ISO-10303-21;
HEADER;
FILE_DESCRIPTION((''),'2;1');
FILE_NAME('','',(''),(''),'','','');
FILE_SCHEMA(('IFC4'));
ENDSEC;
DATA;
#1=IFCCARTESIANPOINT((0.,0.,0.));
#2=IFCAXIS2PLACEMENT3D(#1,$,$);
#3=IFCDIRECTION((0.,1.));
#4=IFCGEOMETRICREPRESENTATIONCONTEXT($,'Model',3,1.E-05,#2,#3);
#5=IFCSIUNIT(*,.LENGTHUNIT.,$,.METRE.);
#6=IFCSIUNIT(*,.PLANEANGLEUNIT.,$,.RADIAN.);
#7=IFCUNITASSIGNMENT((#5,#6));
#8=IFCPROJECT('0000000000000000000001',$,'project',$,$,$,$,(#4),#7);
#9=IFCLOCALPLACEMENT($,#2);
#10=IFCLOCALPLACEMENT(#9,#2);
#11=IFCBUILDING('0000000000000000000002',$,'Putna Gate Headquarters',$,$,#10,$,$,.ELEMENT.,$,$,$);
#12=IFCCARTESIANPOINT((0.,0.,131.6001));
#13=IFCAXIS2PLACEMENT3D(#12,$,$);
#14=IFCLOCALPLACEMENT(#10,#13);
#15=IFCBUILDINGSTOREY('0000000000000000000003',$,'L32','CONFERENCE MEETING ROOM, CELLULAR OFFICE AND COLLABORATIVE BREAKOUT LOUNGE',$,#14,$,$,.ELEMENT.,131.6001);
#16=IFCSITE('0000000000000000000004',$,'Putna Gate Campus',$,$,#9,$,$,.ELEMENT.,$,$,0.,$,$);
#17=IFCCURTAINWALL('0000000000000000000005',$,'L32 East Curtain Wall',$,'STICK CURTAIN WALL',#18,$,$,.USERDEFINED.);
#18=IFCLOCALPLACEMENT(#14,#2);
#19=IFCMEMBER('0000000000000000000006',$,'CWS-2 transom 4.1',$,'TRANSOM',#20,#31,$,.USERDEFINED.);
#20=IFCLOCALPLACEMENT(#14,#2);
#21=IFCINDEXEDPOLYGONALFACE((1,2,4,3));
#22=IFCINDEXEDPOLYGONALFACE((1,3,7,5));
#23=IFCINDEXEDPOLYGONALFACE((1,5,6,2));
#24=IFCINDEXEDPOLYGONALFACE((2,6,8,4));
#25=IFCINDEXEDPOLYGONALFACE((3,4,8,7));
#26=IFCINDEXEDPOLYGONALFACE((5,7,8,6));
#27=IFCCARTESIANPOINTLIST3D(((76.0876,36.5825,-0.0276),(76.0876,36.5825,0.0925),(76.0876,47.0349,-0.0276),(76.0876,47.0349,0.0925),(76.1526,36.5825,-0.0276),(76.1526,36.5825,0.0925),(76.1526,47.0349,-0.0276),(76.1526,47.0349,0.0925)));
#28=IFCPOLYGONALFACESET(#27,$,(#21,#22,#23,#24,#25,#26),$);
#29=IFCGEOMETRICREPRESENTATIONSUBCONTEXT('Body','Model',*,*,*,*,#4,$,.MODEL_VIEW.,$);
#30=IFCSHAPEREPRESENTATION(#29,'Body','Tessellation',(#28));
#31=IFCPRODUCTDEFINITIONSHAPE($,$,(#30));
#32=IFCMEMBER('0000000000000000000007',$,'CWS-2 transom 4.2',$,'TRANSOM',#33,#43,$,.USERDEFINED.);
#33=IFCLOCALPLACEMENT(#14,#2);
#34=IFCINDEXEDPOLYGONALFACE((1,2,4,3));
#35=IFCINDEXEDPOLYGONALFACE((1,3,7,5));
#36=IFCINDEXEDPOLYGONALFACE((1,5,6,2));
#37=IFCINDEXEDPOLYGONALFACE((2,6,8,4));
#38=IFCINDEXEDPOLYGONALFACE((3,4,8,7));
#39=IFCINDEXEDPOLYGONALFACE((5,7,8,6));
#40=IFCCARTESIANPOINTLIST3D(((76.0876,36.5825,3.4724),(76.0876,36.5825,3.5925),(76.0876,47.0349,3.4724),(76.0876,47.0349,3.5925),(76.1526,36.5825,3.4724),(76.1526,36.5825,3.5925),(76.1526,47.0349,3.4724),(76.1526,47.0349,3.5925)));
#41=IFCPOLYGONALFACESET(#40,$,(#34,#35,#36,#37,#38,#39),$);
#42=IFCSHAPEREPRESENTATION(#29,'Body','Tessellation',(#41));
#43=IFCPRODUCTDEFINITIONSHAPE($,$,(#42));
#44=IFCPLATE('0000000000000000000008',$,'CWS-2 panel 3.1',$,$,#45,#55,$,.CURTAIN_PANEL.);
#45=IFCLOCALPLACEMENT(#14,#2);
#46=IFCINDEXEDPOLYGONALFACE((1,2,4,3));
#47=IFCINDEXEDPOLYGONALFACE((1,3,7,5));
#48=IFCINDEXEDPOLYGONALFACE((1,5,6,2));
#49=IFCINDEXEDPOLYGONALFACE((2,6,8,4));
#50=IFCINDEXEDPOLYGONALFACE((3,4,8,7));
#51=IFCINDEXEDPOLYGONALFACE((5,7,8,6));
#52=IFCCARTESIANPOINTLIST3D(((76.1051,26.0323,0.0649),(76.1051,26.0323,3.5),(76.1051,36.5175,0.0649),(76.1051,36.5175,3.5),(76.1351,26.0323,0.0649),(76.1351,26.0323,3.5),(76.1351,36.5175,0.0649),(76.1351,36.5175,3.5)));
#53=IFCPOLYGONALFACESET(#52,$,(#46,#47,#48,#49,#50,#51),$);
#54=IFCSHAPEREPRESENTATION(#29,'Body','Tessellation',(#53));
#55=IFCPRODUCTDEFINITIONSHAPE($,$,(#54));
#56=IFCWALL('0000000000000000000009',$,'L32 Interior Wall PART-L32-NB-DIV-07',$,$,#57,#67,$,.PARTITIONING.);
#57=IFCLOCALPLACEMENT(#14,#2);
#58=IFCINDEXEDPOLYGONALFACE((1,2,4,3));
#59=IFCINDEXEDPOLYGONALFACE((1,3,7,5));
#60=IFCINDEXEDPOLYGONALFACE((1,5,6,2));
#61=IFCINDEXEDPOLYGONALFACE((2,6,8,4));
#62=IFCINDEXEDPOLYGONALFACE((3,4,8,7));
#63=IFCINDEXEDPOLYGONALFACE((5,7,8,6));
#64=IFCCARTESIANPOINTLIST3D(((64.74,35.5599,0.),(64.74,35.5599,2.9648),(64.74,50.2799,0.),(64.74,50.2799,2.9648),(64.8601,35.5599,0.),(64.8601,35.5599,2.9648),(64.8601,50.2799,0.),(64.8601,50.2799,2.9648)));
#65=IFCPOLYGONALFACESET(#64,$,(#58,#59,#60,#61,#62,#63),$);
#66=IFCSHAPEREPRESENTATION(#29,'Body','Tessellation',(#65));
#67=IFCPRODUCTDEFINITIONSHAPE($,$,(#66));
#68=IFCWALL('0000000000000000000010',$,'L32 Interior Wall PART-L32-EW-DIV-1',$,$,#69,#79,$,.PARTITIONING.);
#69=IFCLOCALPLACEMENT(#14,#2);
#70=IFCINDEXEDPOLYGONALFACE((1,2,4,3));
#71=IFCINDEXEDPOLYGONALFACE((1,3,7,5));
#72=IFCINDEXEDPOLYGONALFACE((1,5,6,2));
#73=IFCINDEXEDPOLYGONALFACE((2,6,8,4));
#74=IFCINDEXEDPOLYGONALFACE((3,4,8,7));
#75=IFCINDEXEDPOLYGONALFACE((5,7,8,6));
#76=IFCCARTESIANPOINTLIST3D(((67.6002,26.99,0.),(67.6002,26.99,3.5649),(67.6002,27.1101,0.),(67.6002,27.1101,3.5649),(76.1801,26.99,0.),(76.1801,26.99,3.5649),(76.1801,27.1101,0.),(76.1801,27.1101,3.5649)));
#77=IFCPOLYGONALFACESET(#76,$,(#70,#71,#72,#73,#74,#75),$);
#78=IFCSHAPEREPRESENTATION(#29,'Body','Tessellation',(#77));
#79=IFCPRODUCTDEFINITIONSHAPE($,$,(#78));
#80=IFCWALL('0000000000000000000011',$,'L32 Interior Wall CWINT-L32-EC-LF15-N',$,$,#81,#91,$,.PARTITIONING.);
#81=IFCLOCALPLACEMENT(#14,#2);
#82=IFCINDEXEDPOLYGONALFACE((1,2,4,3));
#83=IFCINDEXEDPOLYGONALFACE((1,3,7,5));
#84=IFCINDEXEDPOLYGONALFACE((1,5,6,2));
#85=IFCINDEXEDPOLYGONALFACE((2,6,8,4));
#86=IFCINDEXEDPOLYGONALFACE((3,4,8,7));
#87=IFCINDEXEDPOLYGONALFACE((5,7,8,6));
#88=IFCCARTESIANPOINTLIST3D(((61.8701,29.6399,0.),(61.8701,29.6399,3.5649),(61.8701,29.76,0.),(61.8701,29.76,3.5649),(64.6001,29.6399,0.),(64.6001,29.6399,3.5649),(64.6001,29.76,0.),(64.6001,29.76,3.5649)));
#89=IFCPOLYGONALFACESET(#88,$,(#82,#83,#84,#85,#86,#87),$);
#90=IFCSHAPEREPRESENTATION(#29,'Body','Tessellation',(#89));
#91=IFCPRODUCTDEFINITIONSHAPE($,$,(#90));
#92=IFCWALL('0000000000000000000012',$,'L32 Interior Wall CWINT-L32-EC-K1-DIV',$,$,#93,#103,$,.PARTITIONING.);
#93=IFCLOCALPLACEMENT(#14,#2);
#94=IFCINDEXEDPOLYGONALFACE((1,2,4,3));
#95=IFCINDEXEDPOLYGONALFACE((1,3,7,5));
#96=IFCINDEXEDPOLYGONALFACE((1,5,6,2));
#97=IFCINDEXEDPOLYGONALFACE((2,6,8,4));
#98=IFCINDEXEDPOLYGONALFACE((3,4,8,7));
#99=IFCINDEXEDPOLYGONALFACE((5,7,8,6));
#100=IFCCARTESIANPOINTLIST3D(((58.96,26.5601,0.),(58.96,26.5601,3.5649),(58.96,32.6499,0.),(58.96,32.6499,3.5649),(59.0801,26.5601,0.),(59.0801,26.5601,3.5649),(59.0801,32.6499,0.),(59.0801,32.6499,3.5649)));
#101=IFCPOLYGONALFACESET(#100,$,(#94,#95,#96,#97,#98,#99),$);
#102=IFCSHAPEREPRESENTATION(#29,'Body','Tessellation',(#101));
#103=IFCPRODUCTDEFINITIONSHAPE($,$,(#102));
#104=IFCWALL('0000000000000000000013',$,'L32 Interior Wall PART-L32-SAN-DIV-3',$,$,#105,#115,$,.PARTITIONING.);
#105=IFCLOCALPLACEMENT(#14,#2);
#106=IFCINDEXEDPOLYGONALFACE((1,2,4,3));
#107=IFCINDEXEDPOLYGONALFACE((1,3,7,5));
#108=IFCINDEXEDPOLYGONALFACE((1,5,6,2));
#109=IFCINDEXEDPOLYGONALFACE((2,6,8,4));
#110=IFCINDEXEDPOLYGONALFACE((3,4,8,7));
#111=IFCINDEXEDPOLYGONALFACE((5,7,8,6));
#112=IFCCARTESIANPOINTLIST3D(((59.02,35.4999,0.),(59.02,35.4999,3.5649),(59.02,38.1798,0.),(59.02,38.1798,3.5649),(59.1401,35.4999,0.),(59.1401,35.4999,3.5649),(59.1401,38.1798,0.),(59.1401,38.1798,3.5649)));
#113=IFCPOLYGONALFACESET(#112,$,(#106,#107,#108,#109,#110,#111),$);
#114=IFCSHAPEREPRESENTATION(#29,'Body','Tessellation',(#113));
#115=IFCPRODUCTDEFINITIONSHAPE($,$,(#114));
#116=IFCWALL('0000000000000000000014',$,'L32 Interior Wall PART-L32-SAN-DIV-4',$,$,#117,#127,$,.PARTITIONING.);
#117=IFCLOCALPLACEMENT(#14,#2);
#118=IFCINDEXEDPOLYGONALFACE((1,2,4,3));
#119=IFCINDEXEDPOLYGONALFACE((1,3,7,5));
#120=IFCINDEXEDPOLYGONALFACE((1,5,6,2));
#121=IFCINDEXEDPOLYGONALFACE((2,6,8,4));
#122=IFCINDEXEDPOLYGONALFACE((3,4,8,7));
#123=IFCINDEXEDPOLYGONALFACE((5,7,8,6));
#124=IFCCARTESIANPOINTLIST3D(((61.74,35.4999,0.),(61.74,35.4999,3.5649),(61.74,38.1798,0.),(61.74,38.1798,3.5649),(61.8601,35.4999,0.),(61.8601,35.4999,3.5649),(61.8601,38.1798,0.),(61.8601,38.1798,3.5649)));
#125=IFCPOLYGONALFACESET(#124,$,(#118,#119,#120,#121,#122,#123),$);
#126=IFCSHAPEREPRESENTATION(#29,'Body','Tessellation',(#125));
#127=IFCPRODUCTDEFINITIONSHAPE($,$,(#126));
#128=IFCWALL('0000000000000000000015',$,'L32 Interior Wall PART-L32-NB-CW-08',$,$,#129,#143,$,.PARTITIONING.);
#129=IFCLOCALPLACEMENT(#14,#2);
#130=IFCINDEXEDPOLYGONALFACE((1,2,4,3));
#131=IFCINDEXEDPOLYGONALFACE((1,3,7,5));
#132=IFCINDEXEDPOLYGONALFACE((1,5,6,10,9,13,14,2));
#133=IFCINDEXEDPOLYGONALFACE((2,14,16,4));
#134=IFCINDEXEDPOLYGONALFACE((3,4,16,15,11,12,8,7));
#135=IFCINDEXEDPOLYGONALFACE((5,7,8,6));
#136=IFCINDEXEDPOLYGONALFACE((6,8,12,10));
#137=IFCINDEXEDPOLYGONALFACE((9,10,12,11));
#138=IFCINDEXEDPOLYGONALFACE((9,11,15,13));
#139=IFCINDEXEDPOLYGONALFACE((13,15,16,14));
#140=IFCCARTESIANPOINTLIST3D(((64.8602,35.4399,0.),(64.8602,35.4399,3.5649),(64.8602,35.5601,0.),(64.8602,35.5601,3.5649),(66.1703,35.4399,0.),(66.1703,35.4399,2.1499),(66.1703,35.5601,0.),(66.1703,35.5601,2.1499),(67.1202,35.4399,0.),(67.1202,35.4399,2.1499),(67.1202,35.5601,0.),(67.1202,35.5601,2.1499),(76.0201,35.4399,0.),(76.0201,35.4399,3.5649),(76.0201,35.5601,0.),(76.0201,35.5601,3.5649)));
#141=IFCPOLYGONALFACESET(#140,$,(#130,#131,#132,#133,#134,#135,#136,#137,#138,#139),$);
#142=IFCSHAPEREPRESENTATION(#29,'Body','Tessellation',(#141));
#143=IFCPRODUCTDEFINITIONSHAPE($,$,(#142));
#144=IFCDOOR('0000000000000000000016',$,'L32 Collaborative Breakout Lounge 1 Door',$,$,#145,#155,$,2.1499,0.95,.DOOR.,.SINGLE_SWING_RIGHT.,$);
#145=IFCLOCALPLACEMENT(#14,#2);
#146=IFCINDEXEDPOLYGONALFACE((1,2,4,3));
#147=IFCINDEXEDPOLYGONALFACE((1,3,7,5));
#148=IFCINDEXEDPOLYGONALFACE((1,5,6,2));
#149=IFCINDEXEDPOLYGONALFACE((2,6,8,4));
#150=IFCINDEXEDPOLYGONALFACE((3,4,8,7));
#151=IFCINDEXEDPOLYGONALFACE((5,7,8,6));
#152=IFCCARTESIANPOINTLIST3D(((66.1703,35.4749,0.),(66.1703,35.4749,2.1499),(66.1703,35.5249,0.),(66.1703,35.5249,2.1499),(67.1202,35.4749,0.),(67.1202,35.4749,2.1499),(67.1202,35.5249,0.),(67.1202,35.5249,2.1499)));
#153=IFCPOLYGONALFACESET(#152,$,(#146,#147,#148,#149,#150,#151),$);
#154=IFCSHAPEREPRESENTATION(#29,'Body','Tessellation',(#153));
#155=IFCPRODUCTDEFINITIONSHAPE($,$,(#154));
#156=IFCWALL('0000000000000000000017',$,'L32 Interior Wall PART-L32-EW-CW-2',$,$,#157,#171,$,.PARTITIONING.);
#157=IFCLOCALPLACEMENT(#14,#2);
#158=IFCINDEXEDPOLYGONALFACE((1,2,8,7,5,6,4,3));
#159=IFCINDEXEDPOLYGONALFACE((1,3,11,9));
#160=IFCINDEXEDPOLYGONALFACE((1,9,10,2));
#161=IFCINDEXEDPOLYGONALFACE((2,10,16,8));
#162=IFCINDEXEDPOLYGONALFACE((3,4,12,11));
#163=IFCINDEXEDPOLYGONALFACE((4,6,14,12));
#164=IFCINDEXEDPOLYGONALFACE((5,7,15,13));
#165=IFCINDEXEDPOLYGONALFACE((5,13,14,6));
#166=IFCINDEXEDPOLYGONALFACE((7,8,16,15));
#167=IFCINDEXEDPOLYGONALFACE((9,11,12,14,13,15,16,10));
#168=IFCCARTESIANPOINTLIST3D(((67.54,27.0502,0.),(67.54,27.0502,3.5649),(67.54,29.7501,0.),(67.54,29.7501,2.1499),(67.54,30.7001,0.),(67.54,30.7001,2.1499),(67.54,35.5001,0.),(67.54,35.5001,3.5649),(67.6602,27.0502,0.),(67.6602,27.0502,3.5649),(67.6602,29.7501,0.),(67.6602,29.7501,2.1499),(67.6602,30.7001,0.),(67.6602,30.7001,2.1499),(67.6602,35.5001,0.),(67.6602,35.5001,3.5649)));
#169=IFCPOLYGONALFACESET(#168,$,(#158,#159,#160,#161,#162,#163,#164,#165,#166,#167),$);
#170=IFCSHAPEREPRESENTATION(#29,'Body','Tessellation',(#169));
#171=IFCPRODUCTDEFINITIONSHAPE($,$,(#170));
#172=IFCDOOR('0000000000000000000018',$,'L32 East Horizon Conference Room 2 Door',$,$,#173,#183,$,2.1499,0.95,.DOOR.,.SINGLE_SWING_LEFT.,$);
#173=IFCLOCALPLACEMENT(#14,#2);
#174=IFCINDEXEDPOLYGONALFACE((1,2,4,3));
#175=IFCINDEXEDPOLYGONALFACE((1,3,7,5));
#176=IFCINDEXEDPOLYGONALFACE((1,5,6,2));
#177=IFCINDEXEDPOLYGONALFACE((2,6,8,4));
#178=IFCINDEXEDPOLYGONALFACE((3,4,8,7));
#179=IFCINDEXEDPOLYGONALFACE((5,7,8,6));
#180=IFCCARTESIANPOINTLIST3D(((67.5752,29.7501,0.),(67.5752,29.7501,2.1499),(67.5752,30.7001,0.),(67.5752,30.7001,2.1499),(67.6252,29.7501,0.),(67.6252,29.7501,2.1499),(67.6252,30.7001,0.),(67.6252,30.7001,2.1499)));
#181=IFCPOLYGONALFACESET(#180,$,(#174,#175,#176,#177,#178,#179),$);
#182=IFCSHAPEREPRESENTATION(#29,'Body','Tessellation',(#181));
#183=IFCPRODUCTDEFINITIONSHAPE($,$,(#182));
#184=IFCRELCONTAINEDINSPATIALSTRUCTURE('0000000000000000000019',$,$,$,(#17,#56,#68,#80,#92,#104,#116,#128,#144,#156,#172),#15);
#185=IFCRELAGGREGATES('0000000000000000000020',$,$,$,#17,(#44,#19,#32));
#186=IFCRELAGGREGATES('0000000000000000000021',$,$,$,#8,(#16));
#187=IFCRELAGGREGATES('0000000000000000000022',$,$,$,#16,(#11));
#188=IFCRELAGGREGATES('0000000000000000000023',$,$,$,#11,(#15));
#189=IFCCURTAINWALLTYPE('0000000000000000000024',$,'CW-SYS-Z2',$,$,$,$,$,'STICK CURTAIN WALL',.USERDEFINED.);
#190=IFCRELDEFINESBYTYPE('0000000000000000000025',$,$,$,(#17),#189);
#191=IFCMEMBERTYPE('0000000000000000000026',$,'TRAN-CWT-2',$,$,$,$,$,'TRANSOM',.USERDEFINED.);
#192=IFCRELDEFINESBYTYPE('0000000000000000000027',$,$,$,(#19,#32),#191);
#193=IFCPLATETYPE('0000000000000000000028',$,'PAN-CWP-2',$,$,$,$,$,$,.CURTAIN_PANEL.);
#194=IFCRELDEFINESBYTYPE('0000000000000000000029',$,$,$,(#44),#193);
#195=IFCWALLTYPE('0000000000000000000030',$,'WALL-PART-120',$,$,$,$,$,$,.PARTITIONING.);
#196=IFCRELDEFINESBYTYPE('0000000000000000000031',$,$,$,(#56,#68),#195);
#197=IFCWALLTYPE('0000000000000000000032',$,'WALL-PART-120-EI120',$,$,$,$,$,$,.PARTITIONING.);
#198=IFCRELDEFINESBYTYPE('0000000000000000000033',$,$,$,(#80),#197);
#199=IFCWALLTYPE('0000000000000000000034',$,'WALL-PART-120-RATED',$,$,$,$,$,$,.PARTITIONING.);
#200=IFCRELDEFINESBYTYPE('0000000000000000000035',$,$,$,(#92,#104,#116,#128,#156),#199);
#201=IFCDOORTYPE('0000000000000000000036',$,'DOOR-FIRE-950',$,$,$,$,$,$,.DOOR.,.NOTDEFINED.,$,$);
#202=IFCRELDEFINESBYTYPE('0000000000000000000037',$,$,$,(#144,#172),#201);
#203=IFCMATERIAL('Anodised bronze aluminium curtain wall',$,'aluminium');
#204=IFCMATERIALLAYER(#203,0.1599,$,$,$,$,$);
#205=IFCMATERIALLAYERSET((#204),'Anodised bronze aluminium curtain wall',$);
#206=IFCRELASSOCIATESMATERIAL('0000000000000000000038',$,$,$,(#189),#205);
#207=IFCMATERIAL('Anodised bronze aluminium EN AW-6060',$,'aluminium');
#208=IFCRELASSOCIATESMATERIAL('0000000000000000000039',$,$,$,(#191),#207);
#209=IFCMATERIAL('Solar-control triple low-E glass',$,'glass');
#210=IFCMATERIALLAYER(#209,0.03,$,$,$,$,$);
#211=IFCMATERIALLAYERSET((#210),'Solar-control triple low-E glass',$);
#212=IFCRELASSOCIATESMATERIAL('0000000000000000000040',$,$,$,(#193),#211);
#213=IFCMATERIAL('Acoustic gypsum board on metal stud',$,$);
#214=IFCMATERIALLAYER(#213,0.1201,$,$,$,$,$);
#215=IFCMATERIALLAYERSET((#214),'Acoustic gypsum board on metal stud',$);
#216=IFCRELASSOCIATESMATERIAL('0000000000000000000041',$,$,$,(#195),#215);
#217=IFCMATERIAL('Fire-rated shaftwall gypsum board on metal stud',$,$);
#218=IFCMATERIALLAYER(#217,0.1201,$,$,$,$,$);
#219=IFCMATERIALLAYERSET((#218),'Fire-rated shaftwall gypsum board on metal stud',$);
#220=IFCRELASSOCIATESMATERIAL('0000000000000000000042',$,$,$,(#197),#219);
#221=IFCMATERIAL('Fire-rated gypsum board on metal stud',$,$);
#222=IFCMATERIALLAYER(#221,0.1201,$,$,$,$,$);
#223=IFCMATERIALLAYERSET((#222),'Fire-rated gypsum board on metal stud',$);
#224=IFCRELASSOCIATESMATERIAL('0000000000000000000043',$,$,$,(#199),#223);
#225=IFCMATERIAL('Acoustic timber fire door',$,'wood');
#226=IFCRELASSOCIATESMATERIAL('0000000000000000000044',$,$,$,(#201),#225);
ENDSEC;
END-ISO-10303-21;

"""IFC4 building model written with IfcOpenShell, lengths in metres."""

from ifc_helpers import new_model, si_unit, direction, frame, frame_2d, origin, origin_2d, place, context, subcontext, project, spatial, rectangle, extrude, material, layer, layer_set, material_profile, profile_set, type_object, element, fill, aggregate, save


model = new_model("IFC4")

# Units and contexts
model_context = context("Model", 3, precision=1e-05, world=origin(), true_north=direction((0.0, 1.0)))
body_context = subcontext(model_context, "Body", "Model", "MODEL_VIEW")
ifc_project = project(units=[si_unit("LENGTHUNIT", "METRE"), si_unit("PLANEANGLEUNIT", "RADIAN")], contexts=[model_context])

# Site, building, storey
site_placement = place(None, origin())
site = spatial("IfcSite", under=ifc_project, at=site_placement, Name="Putna Gate Campus", CompositionType="ELEMENT", RefElevation=0.0)
building_placement = place(site_placement, origin())
building = spatial("IfcBuilding", under=site, at=building_placement, Name="Putna Gate Headquarters", CompositionType="ELEMENT")
storey_placement = place(building_placement, frame((0.0, 0.0, 131.6001)))
storey = spatial("IfcBuildingStorey", under=building, at=storey_placement, Name="L32", Description="CONFERENCE MEETING ROOM, CELLULAR OFFICE AND COLLABORATIVE BREAKOUT LOUNGE", CompositionType="ELEMENT", Elevation=131.6001)

# Curtain wall, members, plate
ifc_material_1 = material(Name="Anodised bronze aluminium curtain wall", Category="aluminium")
ifc_layer_1 = layer(ifc_material_1, 0.1599)
ifc_layer_set_1 = layer_set([ifc_layer_1], Name="Anodised bronze aluminium curtain wall")
curtain_wall_type = type_object("IfcCurtainWallType", Name="CW-SYS-Z2", ElementType="STICK CURTAIN WALL", PredefinedType="USERDEFINED", material=ifc_layer_set_1)
curtain_wall_placement = place(storey_placement, origin())
curtain_wall = element("IfcCurtainWall", 1, at=curtain_wall_placement, inside=storey, type_object=curtain_wall_type, Name="L32 East Curtain Wall", ObjectType="STICK CURTAIN WALL", PredefinedType="USERDEFINED")
ifc_material_2 = material(Name="Anodised bronze aluminium EN AW-6060", Category="aluminium")
ifc_material_profile_1 = material_profile(ifc_material_2, rectangle(XDim=0.0649, YDim=0.1201, at=origin_2d()), Name="Anodised bronze aluminium EN AW-6060")
ifc_profile_set_1 = profile_set([ifc_material_profile_1], Name="Anodised bronze aluminium EN AW-6060")
member_type_1 = type_object("IfcMemberType", Name="TRAN-CWT-2", ElementType="TRANSOM", PredefinedType="USERDEFINED", material=ifc_profile_set_1)
member_1_placement = place(storey_placement, frame((76.1201, 36.5825, 0.0325), z_axis=(0.0, 1.0, 0.0), x_axis=(-1.0, 0.0, 0.0)))
member_1 = element("IfcMember", 2, at=member_1_placement, type_object=member_type_1, Name="CWS-2 transom 4.1", ObjectType="TRANSOM", PredefinedType="USERDEFINED", context=body_context, shape_type="SweptSolid", body=[
    extrude(rectangle(XDim=0.0649, YDim=0.1201, at=origin_2d()), origin(), (0.0, 0.0, 1.0), 10.4524),
])
member_2_placement = place(storey_placement, frame((76.1201, 36.5825, 3.5325), z_axis=(0.0, 1.0, 0.0), x_axis=(-1.0, 0.0, 0.0)))
member_2 = element("IfcMember", 3, at=member_2_placement, type_object=member_type_1, Name="CWS-2 transom 4.2", ObjectType="TRANSOM", PredefinedType="USERDEFINED", context=body_context, shape_type="SweptSolid", body=[
    extrude(rectangle(XDim=0.0649, YDim=0.1201, at=origin_2d()), origin(), (0.0, 0.0, 1.0), 10.4524),
])
ifc_material_3 = material(Name="Solar-control triple low-E glass", Category="glass")
ifc_layer_2 = layer(ifc_material_3, 0.03)
ifc_layer_set_2 = layer_set([ifc_layer_2], Name="Solar-control triple low-E glass")
plate_type = type_object("IfcPlateType", Name="PAN-CWP-2", PredefinedType="CURTAIN_PANEL", material=ifc_layer_set_2)
plate_placement = place(storey_placement, frame((76.1201, 31.2749, 0.0649), z_axis=(0.0, 0.0, 1.0), x_axis=(0.0, 1.0, 0.0)))
plate = element("IfcPlate", 4, at=plate_placement, type_object=plate_type, Name="CWS-2 panel 3.1", PredefinedType="CURTAIN_PANEL", context=body_context, shape_type="SweptSolid", body=[
    extrude(rectangle(XDim=10.4851, YDim=0.03, at=origin_2d()), origin(), (0.0, 0.0, 1.0), 3.4351),
])
aggregate(curtain_wall, [plate, member_1, member_2])

# Walls
ifc_material_4 = material(Name="Acoustic gypsum board on metal stud")
ifc_layer_3 = layer(ifc_material_4, 0.1201)
ifc_layer_set_3 = layer_set([ifc_layer_3], Name="Acoustic gypsum board on metal stud")
wall_type_1 = type_object("IfcWallType", Name="WALL-PART-120", PredefinedType="PARTITIONING", material=ifc_layer_set_3)
wall_1_placement = place(storey_placement, frame((64.8, 35.5601, 0.0), z_axis=(0.0, 0.0, 1.0), x_axis=(0.0, 1.0, 0.0)))
element("IfcWall", 5, at=wall_1_placement, inside=storey, type_object=wall_type_1, Name="L32 Interior Wall PART-L32-NB-DIV-07", PredefinedType="PARTITIONING", context=body_context, shape_type="SweptSolid", body=[
    extrude(rectangle(XDim=14.72, YDim=0.1201, at=frame_2d((7.3599, 0.0))), origin(), (0.0, 0.0, 1.0), 2.9648),
])
wall_2_placement = place(storey_placement, frame((67.6001, 27.05, 0.0), z_axis=(0.0, 0.0, 1.0), x_axis=(1.0, 0.0, 0.0)))
element("IfcWall", 6, at=wall_2_placement, inside=storey, type_object=wall_type_1, Name="L32 Interior Wall PART-L32-EW-DIV-1", PredefinedType="PARTITIONING", context=body_context, shape_type="SweptSolid", body=[
    extrude(rectangle(XDim=8.5798, YDim=0.1201, at=frame_2d((4.29, 0.0))), origin(), (0.0, 0.0, 1.0), 3.5649),
])
ifc_material_5 = material(Name="Fire-rated shaftwall gypsum board on metal stud")
ifc_layer_4 = layer(ifc_material_5, 0.1201)
ifc_layer_set_4 = layer_set([ifc_layer_4], Name="Fire-rated shaftwall gypsum board on metal stud")
wall_type_2 = type_object("IfcWallType", Name="WALL-PART-120-EI120", PredefinedType="PARTITIONING", material=ifc_layer_set_4)
wall_3_placement = place(storey_placement, frame((61.8701, 29.7, 0.0), z_axis=(0.0, 0.0, 1.0), x_axis=(1.0, 0.0, 0.0)))
element("IfcWall", 7, at=wall_3_placement, inside=storey, type_object=wall_type_2, Name="L32 Interior Wall CWINT-L32-EC-LF15-N", PredefinedType="PARTITIONING", context=body_context, shape_type="SweptSolid", body=[
    extrude(rectangle(XDim=2.73, YDim=0.1201, at=frame_2d((1.365, 0.0))), origin(), (0.0, 0.0, 1.0), 3.5649),
])
ifc_material_6 = material(Name="Fire-rated gypsum board on metal stud")
ifc_layer_5 = layer(ifc_material_6, 0.1201)
ifc_layer_set_5 = layer_set([ifc_layer_5], Name="Fire-rated gypsum board on metal stud")
wall_type_3 = type_object("IfcWallType", Name="WALL-PART-120-RATED", PredefinedType="PARTITIONING", material=ifc_layer_set_5)
wall_4_placement = place(storey_placement, frame((59.02, 26.5601, 0.0), z_axis=(0.0, 0.0, 1.0), x_axis=(0.0, 1.0, 0.0)))
element("IfcWall", 8, at=wall_4_placement, inside=storey, type_object=wall_type_3, Name="L32 Interior Wall CWINT-L32-EC-K1-DIV", PredefinedType="PARTITIONING", context=body_context, shape_type="SweptSolid", body=[
    extrude(rectangle(XDim=6.0898, YDim=0.1201, at=frame_2d((3.0449, 0.0))), origin(), (0.0, 0.0, 1.0), 3.5649),
])
for number, where, z_axis, x_axis, name in (
    (9, (59.0801, 35.5, 0.0), (0.0, 0.0, 1.0), (0.0, 1.0, 0.0), "L32 Interior Wall PART-L32-SAN-DIV-3"),
    (10, (61.8, 35.5, 0.0), (0.0, 0.0, 1.0), (0.0, 1.0, 0.0), "L32 Interior Wall PART-L32-SAN-DIV-4"),
):
    element("IfcWall", number, at=place(storey_placement, frame(where, z_axis=z_axis, x_axis=x_axis)), inside=storey, type_object=wall_type_3, Name=name, PredefinedType="PARTITIONING", context=body_context, shape_type="SweptSolid", body=[
        extrude(rectangle(XDim=2.6799, YDim=0.1201, at=frame_2d((1.3398, 0.0))), origin(), (0.0, 0.0, 1.0), 3.5649),
    ])

# Walls, openings, doors
wall_5_placement = place(storey_placement, frame((64.8601, 35.5, 0.0), z_axis=(0.0, 0.0, 1.0), x_axis=(1.0, 0.0, 0.0)))
wall_5 = element("IfcWall", 11, at=wall_5_placement, inside=storey, type_object=wall_type_3, Name="L32 Interior Wall PART-L32-NB-CW-08", PredefinedType="PARTITIONING", context=body_context, shape_type="SweptSolid", body=[
    extrude(rectangle(XDim=11.1599, YDim=0.1201, at=frame_2d((5.5801, 0.0))), origin(), (0.0, 0.0, 1.0), 3.5649),
])
opening_1_placement = place(wall_5_placement, frame((1.3101, 0.0, 0.0)))
opening_1 = element("IfcOpeningElement", 12, at=opening_1_placement, cuts=wall_5, PredefinedType="OPENING", context=body_context, shape_type="SweptSolid", body=[
    extrude(rectangle(XDim=0.95, YDim=2.1499, at=frame_2d((0.4751, 1.075))), frame((0.0, 0.0701, 0.0), z_axis=(0.0, -1.0, 0.0), x_axis=(1.0, 0.0, 0.0)), (0.0, 0.0, 1.0), 0.1401),
])
ifc_material_7 = material(Name="Acoustic timber fire door", Category="wood")
door_type_1 = type_object("IfcDoorType", Name="DOOR-FIRE-950", OperationType="NOTDEFINED", PredefinedType="DOOR", material=ifc_material_7)
door_1_placement = place(opening_1_placement, origin())
door_1 = element("IfcDoor", 13, at=door_1_placement, inside=storey, type_object=door_type_1, Name="L32 Collaborative Breakout Lounge 1 Door", OperationType="SINGLE_SWING_RIGHT", OverallHeight=2.1499, OverallWidth=0.95, PredefinedType="DOOR", context=body_context, shape_type="SweptSolid", body=[
    extrude(rectangle(XDim=0.95, YDim=2.1499, at=frame_2d((0.4751, 1.075))), frame((0.0, 0.0249, 0.0), z_axis=(0.0, -1.0, 0.0), x_axis=(1.0, 0.0, 0.0)), (0.0, 0.0, 1.0), 0.05),
])
fill(opening_1, door_1)
wall_6_placement = place(storey_placement, frame((67.6001, 27.05, 0.0), z_axis=(0.0, 0.0, 1.0), x_axis=(0.0, 1.0, 0.0)))
wall_6 = element("IfcWall", 14, at=wall_6_placement, inside=storey, type_object=wall_type_3, Name="L32 Interior Wall PART-L32-EW-CW-2", PredefinedType="PARTITIONING", context=body_context, shape_type="SweptSolid", body=[
    extrude(rectangle(XDim=8.45, YDim=0.1201, at=frame_2d((4.2251, 0.0))), origin(), (0.0, 0.0, 1.0), 3.5649),
])
opening_2_placement = place(wall_6_placement, frame((2.7, 0.0, 0.0)))
opening_2 = element("IfcOpeningElement", 15, at=opening_2_placement, cuts=wall_6, PredefinedType="OPENING", context=body_context, shape_type="SweptSolid", body=[
    extrude(rectangle(XDim=0.95, YDim=2.1499, at=frame_2d((0.4751, 1.075))), frame((0.0, 0.0701, 0.0), z_axis=(0.0, -1.0, 0.0), x_axis=(1.0, 0.0, 0.0)), (0.0, 0.0, 1.0), 0.1401),
])
door_2_placement = place(opening_2_placement, origin())
door_2 = element("IfcDoor", 16, at=door_2_placement, inside=storey, type_object=door_type_1, Name="L32 East Horizon Conference Room 2 Door", OperationType="SINGLE_SWING_LEFT", OverallHeight=2.1499, OverallWidth=0.95, PredefinedType="DOOR", context=body_context, shape_type="SweptSolid", body=[
    extrude(rectangle(XDim=0.95, YDim=2.1499, at=frame_2d((0.4751, 1.075))), frame((0.0, 0.0249, 0.0), z_axis=(0.0, -1.0, 0.0), x_axis=(1.0, 0.0, 0.0)), (0.0, 0.0, 1.0), 0.05),
])
fill(opening_2, door_2)

save(model, "model.ifc")
